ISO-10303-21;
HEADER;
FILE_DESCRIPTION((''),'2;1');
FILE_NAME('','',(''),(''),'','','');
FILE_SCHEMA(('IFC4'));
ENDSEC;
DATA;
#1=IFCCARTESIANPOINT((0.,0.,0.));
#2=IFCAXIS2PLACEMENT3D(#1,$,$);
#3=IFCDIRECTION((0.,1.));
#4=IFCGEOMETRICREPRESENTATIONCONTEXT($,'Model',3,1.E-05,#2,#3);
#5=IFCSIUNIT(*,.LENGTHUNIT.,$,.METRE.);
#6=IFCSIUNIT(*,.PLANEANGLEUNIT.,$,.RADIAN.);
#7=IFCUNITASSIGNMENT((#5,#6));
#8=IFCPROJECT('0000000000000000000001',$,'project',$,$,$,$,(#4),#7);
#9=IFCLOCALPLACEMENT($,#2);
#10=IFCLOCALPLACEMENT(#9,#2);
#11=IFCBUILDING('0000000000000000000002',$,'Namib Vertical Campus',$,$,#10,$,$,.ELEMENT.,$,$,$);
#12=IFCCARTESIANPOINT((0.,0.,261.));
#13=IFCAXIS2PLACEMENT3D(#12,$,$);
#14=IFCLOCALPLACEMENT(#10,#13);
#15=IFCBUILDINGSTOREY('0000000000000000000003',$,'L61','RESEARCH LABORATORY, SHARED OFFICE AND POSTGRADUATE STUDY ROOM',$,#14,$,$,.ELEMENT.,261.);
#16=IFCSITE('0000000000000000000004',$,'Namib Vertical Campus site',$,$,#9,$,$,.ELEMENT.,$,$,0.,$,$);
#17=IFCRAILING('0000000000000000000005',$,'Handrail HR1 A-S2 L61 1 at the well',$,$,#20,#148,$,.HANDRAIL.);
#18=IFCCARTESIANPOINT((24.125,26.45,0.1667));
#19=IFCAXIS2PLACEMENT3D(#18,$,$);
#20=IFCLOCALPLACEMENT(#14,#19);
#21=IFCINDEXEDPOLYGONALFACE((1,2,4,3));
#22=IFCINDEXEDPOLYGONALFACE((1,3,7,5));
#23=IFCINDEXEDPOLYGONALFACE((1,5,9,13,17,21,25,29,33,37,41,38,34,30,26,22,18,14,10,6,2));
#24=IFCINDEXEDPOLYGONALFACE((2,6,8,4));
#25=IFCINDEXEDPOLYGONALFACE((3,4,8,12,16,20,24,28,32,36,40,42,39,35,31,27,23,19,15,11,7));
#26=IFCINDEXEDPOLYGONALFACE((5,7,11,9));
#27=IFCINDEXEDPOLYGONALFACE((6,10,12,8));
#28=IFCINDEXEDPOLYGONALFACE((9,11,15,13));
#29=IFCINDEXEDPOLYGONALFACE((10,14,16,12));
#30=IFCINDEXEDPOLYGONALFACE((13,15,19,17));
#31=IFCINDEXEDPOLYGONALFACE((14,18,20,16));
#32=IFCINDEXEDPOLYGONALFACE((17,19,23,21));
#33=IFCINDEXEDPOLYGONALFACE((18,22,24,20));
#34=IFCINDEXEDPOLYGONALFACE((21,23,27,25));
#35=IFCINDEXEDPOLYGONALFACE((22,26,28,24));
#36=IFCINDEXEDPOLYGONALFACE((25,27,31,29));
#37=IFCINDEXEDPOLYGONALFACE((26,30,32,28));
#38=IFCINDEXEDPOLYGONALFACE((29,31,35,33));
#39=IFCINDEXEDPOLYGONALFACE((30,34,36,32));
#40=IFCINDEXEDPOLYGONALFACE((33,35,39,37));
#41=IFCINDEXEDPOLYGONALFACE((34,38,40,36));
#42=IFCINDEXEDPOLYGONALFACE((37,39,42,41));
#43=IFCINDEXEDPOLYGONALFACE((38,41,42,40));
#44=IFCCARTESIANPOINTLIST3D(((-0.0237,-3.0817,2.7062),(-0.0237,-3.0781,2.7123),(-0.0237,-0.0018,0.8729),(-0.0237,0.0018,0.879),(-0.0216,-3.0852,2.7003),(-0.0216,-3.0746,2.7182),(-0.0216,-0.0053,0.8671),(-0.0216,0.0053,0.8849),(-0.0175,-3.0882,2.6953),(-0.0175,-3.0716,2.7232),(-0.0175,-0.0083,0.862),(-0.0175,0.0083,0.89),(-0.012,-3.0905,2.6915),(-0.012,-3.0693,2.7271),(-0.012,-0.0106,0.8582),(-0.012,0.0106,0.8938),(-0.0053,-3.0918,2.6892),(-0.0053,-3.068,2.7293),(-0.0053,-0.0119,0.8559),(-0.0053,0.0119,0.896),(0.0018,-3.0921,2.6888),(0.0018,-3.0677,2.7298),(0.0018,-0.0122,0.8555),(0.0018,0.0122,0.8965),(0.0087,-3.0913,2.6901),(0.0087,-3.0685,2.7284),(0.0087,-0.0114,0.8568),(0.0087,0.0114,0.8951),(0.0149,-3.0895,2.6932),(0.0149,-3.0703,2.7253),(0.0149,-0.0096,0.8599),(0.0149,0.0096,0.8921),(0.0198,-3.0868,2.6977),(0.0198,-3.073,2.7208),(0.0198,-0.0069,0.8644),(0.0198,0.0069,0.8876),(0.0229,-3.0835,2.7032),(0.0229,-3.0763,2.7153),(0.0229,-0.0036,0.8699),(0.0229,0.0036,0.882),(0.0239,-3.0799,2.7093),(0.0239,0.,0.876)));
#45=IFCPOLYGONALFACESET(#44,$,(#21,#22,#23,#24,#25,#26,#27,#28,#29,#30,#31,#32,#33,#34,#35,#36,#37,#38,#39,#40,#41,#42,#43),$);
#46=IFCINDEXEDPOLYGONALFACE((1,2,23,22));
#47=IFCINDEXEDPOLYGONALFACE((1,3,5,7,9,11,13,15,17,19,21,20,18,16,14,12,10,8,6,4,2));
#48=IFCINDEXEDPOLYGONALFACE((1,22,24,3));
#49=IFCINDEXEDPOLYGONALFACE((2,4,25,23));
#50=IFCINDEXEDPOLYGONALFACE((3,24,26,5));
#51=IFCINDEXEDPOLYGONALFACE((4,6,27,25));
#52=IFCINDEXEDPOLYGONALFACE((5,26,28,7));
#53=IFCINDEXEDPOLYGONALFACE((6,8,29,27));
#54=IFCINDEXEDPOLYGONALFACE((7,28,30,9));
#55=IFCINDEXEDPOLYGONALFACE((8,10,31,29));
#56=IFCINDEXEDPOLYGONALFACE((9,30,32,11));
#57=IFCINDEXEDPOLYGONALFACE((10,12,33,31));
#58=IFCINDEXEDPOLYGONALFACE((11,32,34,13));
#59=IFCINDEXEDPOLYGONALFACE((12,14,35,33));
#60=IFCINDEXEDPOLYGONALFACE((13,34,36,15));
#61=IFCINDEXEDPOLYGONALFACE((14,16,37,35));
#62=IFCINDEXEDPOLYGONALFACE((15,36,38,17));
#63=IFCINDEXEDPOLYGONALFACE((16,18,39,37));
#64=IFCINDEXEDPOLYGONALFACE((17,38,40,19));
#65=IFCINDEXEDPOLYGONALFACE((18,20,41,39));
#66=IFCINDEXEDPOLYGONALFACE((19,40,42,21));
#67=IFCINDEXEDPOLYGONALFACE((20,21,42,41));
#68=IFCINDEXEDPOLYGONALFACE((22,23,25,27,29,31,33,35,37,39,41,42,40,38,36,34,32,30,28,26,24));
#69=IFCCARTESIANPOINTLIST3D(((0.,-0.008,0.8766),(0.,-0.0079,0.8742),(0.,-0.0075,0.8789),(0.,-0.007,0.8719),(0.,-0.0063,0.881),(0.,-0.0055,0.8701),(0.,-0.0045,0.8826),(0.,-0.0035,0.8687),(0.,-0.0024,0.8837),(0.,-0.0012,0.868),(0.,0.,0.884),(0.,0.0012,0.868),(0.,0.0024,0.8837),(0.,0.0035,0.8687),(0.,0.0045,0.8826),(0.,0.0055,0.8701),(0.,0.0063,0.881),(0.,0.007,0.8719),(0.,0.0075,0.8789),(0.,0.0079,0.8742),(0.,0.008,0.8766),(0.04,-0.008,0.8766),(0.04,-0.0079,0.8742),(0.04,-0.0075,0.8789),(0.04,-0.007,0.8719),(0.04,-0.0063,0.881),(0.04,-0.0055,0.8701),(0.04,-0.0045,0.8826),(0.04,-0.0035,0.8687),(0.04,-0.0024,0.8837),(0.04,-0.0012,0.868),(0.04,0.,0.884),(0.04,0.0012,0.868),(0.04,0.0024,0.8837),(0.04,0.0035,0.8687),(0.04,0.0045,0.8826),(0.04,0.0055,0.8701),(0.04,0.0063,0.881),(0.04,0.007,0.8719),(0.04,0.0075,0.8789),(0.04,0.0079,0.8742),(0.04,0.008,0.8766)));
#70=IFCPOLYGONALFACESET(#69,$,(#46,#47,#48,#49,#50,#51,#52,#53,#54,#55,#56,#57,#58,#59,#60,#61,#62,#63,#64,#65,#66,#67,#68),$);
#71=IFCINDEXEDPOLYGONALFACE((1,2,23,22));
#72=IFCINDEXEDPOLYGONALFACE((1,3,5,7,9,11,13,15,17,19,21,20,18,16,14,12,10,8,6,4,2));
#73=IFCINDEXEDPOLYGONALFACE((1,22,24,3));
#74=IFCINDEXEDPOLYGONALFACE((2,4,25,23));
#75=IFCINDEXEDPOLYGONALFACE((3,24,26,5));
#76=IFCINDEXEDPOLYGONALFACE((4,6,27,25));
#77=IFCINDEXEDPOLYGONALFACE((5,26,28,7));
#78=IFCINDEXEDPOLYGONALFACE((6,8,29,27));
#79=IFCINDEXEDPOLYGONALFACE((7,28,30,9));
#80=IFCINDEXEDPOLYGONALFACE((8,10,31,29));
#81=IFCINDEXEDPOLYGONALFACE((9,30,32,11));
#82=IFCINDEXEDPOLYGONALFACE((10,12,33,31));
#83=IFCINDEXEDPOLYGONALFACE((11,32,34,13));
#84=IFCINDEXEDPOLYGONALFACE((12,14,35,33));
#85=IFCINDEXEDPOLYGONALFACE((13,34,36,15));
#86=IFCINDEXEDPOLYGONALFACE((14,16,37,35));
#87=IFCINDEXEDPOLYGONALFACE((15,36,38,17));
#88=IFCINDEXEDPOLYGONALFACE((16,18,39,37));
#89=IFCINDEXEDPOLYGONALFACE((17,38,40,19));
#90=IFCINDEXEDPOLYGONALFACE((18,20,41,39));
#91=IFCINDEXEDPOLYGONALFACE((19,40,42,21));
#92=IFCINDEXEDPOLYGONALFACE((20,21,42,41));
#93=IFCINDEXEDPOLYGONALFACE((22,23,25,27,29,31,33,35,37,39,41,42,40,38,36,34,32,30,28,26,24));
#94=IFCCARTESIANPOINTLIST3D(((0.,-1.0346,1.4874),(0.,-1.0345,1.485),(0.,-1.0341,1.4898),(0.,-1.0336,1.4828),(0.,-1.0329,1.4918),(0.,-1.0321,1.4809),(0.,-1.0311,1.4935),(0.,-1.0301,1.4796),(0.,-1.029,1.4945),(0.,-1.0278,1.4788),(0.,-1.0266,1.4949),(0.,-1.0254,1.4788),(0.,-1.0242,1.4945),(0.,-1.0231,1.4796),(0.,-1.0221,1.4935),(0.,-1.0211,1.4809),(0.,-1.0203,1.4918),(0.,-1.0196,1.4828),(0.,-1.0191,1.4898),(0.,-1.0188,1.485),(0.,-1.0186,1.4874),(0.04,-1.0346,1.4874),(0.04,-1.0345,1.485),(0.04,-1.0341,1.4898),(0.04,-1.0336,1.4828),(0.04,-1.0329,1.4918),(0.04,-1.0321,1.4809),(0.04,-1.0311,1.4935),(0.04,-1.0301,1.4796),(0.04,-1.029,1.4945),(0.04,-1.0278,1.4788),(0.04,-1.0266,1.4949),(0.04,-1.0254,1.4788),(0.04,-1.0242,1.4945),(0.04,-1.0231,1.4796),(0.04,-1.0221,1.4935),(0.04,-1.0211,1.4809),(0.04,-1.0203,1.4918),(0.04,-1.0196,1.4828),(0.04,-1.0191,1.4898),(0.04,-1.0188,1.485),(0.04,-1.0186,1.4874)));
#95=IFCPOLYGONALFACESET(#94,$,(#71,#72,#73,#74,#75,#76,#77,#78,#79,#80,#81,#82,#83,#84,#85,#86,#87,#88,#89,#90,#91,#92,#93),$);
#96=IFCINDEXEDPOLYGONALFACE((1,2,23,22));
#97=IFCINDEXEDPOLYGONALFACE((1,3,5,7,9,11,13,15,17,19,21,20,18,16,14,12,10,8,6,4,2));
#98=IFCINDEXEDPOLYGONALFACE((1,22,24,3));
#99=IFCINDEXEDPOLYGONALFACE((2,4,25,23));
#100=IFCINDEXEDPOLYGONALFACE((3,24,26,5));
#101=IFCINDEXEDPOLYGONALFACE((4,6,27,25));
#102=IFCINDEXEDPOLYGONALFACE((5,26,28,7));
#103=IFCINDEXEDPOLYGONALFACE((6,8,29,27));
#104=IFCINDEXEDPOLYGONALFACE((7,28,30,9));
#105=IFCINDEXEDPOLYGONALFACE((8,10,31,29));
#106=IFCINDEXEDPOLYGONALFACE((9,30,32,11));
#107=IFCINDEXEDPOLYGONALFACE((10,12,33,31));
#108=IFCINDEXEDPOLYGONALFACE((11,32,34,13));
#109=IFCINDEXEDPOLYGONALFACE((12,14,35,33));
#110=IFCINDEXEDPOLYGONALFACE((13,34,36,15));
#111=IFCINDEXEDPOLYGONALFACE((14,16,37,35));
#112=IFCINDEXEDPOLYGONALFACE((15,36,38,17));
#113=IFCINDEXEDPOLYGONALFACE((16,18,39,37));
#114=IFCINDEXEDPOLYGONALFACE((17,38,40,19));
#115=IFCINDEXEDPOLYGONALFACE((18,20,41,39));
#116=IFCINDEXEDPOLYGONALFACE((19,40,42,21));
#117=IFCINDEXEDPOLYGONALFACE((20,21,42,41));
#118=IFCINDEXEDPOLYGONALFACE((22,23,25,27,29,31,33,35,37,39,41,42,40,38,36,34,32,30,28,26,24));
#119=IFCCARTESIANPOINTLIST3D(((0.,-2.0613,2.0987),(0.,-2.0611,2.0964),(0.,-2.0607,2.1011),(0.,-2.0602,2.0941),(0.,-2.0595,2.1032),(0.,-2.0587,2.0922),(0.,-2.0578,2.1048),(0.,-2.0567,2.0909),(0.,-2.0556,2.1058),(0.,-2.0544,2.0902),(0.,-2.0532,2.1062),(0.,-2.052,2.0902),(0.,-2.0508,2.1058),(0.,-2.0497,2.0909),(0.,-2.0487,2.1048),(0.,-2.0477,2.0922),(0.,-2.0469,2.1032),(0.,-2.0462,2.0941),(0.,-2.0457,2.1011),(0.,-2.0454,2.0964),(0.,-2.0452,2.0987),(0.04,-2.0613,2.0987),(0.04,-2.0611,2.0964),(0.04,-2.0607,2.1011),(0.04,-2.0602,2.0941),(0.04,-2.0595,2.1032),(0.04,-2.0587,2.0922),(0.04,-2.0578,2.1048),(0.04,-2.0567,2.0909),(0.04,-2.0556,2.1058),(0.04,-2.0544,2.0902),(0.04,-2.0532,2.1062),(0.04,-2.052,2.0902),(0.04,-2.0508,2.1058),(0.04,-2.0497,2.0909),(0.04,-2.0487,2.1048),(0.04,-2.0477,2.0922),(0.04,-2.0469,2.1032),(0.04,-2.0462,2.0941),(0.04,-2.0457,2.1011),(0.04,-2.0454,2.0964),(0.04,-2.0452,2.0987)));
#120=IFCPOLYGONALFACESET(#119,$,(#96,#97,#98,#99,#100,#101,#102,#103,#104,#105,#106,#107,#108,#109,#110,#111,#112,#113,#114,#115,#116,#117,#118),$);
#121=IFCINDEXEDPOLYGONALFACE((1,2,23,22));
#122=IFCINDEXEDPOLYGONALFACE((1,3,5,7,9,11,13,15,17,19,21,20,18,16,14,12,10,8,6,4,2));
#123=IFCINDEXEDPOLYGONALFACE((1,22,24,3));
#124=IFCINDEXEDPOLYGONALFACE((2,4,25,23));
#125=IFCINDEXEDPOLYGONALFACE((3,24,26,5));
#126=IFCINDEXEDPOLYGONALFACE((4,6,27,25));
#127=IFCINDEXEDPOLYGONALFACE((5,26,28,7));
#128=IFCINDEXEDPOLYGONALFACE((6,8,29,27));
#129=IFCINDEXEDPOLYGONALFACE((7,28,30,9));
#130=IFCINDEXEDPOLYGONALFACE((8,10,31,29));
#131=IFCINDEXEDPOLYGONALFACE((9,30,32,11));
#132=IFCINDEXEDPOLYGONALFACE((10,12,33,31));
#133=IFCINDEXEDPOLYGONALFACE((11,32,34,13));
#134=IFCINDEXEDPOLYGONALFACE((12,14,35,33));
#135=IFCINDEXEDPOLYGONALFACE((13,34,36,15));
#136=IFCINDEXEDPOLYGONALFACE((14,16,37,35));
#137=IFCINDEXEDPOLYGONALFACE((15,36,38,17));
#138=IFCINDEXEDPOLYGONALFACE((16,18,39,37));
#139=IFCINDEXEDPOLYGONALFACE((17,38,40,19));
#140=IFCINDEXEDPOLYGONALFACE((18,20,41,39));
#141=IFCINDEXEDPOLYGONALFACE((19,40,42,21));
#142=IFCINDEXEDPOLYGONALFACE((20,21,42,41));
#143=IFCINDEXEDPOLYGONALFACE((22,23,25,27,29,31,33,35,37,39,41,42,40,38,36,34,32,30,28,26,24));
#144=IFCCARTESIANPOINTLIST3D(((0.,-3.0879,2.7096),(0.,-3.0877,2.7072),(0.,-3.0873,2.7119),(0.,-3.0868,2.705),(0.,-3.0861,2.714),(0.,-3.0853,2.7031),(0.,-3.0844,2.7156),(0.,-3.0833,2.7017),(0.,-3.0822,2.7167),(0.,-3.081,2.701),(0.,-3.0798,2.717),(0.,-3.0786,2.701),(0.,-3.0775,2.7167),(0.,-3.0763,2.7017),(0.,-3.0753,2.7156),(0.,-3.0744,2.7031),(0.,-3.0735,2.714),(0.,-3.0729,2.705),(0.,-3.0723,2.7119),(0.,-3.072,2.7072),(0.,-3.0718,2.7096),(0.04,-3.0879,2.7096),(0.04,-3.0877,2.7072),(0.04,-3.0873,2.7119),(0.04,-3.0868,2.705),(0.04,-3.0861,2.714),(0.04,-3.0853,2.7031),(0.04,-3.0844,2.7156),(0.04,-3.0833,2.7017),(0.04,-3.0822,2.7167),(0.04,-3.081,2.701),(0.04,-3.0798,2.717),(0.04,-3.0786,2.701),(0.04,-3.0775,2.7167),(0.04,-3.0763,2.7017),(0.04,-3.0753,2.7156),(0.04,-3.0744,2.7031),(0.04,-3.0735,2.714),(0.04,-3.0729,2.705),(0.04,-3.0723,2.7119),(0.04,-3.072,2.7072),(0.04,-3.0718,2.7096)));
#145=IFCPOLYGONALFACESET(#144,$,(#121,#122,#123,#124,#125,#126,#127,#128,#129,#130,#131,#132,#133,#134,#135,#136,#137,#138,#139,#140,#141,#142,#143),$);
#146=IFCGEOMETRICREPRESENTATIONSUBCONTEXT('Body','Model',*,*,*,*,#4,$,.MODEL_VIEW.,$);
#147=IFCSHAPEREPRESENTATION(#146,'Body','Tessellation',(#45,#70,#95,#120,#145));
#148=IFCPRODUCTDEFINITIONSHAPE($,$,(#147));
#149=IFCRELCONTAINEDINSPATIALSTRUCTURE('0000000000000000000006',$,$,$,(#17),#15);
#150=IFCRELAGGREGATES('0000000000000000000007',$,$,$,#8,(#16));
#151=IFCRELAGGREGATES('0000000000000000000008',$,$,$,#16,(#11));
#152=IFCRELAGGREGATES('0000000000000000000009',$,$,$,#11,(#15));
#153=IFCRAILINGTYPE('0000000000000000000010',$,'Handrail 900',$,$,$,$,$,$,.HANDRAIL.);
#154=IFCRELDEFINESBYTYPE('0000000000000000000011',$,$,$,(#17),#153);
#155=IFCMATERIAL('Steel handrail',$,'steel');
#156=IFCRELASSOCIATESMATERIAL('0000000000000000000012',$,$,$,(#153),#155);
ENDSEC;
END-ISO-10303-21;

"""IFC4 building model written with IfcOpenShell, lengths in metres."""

from ifc_helpers import new_model, si_unit, direction, frame, origin, origin_2d, place, context, subcontext, project, spatial, circle, extrude, material, type_object, element, save


model = new_model("IFC4")

# Units and contexts
model_context = context("Model", 3, precision=1e-05, world=origin(), true_north=direction((0.0, 1.0)))
body_context = subcontext(model_context, "Body", "Model", "MODEL_VIEW")
ifc_project = project(units=[si_unit("LENGTHUNIT", "METRE"), si_unit("PLANEANGLEUNIT", "RADIAN")], contexts=[model_context])

# Site, building, storey
site_placement = place(None, origin())
site = spatial("IfcSite", under=ifc_project, at=site_placement, Name="Namib Vertical Campus site", CompositionType="ELEMENT", RefElevation=0.0)
building_placement = place(site_placement, origin())
building = spatial("IfcBuilding", under=site, at=building_placement, Name="Namib Vertical Campus", CompositionType="ELEMENT")
storey_placement = place(building_placement, frame((0.0, 0.0, 261.0)))
storey = spatial("IfcBuildingStorey", under=building, at=storey_placement, Name="L61", Description="RESEARCH LABORATORY, SHARED OFFICE AND POSTGRADUATE STUDY ROOM", CompositionType="ELEMENT", Elevation=261.0)

# Railing
ifc_material_1 = material(Name="Steel handrail", Category="steel")
railing_type_1 = type_object("IfcRailingType", Name="Handrail 900", PredefinedType="HANDRAIL", material=ifc_material_1)
railing_1_placement = place(storey_placement, frame((24.125, 26.45, 0.1667)))
element("IfcRailing", 1, at=railing_1_placement, inside=storey, type_object=railing_type_1, Name="Handrail HR1 A-S2 L61 1 at the well", PredefinedType="HANDRAIL", context=body_context, shape_type="SweptSolid", body=[
    extrude(circle(Radius=0.0239, at=origin_2d()), frame((0.0, 0.0, 0.876), z_axis=(0.0, -0.859291, 0.511487), x_axis=(1.0, 0.0, 0.0)), (0.0, 0.0, 1.0), 3.5842),
    extrude(circle(Radius=0.0081, at=origin_2d()), frame((0.0, 0.0, 0.876), z_axis=(1.0, 0.0, 0.0), x_axis=(0.0, 0.0, 1.0)), (0.0, 0.0, 1.0), 0.04),
    extrude(circle(Radius=0.0081, at=origin_2d()), frame((0.0, -1.0266, 1.4868), z_axis=(1.0, 0.0, 0.0), x_axis=(0.0, 0.0, 1.0)), (0.0, 0.0, 1.0), 0.04),
    extrude(circle(Radius=0.0081, at=origin_2d()), frame((0.0, -2.0532, 2.0981), z_axis=(1.0, 0.0, 0.0), x_axis=(0.0, 0.0, 1.0)), (0.0, 0.0, 1.0), 0.04),
    extrude(circle(Radius=0.0081, at=origin_2d()), frame((0.0, -3.0798, 2.709), z_axis=(1.0, 0.0, 0.0), x_axis=(0.0, 0.0, 1.0)), (0.0, 0.0, 1.0), 0.04),
])

save(model, "model.ifc")
